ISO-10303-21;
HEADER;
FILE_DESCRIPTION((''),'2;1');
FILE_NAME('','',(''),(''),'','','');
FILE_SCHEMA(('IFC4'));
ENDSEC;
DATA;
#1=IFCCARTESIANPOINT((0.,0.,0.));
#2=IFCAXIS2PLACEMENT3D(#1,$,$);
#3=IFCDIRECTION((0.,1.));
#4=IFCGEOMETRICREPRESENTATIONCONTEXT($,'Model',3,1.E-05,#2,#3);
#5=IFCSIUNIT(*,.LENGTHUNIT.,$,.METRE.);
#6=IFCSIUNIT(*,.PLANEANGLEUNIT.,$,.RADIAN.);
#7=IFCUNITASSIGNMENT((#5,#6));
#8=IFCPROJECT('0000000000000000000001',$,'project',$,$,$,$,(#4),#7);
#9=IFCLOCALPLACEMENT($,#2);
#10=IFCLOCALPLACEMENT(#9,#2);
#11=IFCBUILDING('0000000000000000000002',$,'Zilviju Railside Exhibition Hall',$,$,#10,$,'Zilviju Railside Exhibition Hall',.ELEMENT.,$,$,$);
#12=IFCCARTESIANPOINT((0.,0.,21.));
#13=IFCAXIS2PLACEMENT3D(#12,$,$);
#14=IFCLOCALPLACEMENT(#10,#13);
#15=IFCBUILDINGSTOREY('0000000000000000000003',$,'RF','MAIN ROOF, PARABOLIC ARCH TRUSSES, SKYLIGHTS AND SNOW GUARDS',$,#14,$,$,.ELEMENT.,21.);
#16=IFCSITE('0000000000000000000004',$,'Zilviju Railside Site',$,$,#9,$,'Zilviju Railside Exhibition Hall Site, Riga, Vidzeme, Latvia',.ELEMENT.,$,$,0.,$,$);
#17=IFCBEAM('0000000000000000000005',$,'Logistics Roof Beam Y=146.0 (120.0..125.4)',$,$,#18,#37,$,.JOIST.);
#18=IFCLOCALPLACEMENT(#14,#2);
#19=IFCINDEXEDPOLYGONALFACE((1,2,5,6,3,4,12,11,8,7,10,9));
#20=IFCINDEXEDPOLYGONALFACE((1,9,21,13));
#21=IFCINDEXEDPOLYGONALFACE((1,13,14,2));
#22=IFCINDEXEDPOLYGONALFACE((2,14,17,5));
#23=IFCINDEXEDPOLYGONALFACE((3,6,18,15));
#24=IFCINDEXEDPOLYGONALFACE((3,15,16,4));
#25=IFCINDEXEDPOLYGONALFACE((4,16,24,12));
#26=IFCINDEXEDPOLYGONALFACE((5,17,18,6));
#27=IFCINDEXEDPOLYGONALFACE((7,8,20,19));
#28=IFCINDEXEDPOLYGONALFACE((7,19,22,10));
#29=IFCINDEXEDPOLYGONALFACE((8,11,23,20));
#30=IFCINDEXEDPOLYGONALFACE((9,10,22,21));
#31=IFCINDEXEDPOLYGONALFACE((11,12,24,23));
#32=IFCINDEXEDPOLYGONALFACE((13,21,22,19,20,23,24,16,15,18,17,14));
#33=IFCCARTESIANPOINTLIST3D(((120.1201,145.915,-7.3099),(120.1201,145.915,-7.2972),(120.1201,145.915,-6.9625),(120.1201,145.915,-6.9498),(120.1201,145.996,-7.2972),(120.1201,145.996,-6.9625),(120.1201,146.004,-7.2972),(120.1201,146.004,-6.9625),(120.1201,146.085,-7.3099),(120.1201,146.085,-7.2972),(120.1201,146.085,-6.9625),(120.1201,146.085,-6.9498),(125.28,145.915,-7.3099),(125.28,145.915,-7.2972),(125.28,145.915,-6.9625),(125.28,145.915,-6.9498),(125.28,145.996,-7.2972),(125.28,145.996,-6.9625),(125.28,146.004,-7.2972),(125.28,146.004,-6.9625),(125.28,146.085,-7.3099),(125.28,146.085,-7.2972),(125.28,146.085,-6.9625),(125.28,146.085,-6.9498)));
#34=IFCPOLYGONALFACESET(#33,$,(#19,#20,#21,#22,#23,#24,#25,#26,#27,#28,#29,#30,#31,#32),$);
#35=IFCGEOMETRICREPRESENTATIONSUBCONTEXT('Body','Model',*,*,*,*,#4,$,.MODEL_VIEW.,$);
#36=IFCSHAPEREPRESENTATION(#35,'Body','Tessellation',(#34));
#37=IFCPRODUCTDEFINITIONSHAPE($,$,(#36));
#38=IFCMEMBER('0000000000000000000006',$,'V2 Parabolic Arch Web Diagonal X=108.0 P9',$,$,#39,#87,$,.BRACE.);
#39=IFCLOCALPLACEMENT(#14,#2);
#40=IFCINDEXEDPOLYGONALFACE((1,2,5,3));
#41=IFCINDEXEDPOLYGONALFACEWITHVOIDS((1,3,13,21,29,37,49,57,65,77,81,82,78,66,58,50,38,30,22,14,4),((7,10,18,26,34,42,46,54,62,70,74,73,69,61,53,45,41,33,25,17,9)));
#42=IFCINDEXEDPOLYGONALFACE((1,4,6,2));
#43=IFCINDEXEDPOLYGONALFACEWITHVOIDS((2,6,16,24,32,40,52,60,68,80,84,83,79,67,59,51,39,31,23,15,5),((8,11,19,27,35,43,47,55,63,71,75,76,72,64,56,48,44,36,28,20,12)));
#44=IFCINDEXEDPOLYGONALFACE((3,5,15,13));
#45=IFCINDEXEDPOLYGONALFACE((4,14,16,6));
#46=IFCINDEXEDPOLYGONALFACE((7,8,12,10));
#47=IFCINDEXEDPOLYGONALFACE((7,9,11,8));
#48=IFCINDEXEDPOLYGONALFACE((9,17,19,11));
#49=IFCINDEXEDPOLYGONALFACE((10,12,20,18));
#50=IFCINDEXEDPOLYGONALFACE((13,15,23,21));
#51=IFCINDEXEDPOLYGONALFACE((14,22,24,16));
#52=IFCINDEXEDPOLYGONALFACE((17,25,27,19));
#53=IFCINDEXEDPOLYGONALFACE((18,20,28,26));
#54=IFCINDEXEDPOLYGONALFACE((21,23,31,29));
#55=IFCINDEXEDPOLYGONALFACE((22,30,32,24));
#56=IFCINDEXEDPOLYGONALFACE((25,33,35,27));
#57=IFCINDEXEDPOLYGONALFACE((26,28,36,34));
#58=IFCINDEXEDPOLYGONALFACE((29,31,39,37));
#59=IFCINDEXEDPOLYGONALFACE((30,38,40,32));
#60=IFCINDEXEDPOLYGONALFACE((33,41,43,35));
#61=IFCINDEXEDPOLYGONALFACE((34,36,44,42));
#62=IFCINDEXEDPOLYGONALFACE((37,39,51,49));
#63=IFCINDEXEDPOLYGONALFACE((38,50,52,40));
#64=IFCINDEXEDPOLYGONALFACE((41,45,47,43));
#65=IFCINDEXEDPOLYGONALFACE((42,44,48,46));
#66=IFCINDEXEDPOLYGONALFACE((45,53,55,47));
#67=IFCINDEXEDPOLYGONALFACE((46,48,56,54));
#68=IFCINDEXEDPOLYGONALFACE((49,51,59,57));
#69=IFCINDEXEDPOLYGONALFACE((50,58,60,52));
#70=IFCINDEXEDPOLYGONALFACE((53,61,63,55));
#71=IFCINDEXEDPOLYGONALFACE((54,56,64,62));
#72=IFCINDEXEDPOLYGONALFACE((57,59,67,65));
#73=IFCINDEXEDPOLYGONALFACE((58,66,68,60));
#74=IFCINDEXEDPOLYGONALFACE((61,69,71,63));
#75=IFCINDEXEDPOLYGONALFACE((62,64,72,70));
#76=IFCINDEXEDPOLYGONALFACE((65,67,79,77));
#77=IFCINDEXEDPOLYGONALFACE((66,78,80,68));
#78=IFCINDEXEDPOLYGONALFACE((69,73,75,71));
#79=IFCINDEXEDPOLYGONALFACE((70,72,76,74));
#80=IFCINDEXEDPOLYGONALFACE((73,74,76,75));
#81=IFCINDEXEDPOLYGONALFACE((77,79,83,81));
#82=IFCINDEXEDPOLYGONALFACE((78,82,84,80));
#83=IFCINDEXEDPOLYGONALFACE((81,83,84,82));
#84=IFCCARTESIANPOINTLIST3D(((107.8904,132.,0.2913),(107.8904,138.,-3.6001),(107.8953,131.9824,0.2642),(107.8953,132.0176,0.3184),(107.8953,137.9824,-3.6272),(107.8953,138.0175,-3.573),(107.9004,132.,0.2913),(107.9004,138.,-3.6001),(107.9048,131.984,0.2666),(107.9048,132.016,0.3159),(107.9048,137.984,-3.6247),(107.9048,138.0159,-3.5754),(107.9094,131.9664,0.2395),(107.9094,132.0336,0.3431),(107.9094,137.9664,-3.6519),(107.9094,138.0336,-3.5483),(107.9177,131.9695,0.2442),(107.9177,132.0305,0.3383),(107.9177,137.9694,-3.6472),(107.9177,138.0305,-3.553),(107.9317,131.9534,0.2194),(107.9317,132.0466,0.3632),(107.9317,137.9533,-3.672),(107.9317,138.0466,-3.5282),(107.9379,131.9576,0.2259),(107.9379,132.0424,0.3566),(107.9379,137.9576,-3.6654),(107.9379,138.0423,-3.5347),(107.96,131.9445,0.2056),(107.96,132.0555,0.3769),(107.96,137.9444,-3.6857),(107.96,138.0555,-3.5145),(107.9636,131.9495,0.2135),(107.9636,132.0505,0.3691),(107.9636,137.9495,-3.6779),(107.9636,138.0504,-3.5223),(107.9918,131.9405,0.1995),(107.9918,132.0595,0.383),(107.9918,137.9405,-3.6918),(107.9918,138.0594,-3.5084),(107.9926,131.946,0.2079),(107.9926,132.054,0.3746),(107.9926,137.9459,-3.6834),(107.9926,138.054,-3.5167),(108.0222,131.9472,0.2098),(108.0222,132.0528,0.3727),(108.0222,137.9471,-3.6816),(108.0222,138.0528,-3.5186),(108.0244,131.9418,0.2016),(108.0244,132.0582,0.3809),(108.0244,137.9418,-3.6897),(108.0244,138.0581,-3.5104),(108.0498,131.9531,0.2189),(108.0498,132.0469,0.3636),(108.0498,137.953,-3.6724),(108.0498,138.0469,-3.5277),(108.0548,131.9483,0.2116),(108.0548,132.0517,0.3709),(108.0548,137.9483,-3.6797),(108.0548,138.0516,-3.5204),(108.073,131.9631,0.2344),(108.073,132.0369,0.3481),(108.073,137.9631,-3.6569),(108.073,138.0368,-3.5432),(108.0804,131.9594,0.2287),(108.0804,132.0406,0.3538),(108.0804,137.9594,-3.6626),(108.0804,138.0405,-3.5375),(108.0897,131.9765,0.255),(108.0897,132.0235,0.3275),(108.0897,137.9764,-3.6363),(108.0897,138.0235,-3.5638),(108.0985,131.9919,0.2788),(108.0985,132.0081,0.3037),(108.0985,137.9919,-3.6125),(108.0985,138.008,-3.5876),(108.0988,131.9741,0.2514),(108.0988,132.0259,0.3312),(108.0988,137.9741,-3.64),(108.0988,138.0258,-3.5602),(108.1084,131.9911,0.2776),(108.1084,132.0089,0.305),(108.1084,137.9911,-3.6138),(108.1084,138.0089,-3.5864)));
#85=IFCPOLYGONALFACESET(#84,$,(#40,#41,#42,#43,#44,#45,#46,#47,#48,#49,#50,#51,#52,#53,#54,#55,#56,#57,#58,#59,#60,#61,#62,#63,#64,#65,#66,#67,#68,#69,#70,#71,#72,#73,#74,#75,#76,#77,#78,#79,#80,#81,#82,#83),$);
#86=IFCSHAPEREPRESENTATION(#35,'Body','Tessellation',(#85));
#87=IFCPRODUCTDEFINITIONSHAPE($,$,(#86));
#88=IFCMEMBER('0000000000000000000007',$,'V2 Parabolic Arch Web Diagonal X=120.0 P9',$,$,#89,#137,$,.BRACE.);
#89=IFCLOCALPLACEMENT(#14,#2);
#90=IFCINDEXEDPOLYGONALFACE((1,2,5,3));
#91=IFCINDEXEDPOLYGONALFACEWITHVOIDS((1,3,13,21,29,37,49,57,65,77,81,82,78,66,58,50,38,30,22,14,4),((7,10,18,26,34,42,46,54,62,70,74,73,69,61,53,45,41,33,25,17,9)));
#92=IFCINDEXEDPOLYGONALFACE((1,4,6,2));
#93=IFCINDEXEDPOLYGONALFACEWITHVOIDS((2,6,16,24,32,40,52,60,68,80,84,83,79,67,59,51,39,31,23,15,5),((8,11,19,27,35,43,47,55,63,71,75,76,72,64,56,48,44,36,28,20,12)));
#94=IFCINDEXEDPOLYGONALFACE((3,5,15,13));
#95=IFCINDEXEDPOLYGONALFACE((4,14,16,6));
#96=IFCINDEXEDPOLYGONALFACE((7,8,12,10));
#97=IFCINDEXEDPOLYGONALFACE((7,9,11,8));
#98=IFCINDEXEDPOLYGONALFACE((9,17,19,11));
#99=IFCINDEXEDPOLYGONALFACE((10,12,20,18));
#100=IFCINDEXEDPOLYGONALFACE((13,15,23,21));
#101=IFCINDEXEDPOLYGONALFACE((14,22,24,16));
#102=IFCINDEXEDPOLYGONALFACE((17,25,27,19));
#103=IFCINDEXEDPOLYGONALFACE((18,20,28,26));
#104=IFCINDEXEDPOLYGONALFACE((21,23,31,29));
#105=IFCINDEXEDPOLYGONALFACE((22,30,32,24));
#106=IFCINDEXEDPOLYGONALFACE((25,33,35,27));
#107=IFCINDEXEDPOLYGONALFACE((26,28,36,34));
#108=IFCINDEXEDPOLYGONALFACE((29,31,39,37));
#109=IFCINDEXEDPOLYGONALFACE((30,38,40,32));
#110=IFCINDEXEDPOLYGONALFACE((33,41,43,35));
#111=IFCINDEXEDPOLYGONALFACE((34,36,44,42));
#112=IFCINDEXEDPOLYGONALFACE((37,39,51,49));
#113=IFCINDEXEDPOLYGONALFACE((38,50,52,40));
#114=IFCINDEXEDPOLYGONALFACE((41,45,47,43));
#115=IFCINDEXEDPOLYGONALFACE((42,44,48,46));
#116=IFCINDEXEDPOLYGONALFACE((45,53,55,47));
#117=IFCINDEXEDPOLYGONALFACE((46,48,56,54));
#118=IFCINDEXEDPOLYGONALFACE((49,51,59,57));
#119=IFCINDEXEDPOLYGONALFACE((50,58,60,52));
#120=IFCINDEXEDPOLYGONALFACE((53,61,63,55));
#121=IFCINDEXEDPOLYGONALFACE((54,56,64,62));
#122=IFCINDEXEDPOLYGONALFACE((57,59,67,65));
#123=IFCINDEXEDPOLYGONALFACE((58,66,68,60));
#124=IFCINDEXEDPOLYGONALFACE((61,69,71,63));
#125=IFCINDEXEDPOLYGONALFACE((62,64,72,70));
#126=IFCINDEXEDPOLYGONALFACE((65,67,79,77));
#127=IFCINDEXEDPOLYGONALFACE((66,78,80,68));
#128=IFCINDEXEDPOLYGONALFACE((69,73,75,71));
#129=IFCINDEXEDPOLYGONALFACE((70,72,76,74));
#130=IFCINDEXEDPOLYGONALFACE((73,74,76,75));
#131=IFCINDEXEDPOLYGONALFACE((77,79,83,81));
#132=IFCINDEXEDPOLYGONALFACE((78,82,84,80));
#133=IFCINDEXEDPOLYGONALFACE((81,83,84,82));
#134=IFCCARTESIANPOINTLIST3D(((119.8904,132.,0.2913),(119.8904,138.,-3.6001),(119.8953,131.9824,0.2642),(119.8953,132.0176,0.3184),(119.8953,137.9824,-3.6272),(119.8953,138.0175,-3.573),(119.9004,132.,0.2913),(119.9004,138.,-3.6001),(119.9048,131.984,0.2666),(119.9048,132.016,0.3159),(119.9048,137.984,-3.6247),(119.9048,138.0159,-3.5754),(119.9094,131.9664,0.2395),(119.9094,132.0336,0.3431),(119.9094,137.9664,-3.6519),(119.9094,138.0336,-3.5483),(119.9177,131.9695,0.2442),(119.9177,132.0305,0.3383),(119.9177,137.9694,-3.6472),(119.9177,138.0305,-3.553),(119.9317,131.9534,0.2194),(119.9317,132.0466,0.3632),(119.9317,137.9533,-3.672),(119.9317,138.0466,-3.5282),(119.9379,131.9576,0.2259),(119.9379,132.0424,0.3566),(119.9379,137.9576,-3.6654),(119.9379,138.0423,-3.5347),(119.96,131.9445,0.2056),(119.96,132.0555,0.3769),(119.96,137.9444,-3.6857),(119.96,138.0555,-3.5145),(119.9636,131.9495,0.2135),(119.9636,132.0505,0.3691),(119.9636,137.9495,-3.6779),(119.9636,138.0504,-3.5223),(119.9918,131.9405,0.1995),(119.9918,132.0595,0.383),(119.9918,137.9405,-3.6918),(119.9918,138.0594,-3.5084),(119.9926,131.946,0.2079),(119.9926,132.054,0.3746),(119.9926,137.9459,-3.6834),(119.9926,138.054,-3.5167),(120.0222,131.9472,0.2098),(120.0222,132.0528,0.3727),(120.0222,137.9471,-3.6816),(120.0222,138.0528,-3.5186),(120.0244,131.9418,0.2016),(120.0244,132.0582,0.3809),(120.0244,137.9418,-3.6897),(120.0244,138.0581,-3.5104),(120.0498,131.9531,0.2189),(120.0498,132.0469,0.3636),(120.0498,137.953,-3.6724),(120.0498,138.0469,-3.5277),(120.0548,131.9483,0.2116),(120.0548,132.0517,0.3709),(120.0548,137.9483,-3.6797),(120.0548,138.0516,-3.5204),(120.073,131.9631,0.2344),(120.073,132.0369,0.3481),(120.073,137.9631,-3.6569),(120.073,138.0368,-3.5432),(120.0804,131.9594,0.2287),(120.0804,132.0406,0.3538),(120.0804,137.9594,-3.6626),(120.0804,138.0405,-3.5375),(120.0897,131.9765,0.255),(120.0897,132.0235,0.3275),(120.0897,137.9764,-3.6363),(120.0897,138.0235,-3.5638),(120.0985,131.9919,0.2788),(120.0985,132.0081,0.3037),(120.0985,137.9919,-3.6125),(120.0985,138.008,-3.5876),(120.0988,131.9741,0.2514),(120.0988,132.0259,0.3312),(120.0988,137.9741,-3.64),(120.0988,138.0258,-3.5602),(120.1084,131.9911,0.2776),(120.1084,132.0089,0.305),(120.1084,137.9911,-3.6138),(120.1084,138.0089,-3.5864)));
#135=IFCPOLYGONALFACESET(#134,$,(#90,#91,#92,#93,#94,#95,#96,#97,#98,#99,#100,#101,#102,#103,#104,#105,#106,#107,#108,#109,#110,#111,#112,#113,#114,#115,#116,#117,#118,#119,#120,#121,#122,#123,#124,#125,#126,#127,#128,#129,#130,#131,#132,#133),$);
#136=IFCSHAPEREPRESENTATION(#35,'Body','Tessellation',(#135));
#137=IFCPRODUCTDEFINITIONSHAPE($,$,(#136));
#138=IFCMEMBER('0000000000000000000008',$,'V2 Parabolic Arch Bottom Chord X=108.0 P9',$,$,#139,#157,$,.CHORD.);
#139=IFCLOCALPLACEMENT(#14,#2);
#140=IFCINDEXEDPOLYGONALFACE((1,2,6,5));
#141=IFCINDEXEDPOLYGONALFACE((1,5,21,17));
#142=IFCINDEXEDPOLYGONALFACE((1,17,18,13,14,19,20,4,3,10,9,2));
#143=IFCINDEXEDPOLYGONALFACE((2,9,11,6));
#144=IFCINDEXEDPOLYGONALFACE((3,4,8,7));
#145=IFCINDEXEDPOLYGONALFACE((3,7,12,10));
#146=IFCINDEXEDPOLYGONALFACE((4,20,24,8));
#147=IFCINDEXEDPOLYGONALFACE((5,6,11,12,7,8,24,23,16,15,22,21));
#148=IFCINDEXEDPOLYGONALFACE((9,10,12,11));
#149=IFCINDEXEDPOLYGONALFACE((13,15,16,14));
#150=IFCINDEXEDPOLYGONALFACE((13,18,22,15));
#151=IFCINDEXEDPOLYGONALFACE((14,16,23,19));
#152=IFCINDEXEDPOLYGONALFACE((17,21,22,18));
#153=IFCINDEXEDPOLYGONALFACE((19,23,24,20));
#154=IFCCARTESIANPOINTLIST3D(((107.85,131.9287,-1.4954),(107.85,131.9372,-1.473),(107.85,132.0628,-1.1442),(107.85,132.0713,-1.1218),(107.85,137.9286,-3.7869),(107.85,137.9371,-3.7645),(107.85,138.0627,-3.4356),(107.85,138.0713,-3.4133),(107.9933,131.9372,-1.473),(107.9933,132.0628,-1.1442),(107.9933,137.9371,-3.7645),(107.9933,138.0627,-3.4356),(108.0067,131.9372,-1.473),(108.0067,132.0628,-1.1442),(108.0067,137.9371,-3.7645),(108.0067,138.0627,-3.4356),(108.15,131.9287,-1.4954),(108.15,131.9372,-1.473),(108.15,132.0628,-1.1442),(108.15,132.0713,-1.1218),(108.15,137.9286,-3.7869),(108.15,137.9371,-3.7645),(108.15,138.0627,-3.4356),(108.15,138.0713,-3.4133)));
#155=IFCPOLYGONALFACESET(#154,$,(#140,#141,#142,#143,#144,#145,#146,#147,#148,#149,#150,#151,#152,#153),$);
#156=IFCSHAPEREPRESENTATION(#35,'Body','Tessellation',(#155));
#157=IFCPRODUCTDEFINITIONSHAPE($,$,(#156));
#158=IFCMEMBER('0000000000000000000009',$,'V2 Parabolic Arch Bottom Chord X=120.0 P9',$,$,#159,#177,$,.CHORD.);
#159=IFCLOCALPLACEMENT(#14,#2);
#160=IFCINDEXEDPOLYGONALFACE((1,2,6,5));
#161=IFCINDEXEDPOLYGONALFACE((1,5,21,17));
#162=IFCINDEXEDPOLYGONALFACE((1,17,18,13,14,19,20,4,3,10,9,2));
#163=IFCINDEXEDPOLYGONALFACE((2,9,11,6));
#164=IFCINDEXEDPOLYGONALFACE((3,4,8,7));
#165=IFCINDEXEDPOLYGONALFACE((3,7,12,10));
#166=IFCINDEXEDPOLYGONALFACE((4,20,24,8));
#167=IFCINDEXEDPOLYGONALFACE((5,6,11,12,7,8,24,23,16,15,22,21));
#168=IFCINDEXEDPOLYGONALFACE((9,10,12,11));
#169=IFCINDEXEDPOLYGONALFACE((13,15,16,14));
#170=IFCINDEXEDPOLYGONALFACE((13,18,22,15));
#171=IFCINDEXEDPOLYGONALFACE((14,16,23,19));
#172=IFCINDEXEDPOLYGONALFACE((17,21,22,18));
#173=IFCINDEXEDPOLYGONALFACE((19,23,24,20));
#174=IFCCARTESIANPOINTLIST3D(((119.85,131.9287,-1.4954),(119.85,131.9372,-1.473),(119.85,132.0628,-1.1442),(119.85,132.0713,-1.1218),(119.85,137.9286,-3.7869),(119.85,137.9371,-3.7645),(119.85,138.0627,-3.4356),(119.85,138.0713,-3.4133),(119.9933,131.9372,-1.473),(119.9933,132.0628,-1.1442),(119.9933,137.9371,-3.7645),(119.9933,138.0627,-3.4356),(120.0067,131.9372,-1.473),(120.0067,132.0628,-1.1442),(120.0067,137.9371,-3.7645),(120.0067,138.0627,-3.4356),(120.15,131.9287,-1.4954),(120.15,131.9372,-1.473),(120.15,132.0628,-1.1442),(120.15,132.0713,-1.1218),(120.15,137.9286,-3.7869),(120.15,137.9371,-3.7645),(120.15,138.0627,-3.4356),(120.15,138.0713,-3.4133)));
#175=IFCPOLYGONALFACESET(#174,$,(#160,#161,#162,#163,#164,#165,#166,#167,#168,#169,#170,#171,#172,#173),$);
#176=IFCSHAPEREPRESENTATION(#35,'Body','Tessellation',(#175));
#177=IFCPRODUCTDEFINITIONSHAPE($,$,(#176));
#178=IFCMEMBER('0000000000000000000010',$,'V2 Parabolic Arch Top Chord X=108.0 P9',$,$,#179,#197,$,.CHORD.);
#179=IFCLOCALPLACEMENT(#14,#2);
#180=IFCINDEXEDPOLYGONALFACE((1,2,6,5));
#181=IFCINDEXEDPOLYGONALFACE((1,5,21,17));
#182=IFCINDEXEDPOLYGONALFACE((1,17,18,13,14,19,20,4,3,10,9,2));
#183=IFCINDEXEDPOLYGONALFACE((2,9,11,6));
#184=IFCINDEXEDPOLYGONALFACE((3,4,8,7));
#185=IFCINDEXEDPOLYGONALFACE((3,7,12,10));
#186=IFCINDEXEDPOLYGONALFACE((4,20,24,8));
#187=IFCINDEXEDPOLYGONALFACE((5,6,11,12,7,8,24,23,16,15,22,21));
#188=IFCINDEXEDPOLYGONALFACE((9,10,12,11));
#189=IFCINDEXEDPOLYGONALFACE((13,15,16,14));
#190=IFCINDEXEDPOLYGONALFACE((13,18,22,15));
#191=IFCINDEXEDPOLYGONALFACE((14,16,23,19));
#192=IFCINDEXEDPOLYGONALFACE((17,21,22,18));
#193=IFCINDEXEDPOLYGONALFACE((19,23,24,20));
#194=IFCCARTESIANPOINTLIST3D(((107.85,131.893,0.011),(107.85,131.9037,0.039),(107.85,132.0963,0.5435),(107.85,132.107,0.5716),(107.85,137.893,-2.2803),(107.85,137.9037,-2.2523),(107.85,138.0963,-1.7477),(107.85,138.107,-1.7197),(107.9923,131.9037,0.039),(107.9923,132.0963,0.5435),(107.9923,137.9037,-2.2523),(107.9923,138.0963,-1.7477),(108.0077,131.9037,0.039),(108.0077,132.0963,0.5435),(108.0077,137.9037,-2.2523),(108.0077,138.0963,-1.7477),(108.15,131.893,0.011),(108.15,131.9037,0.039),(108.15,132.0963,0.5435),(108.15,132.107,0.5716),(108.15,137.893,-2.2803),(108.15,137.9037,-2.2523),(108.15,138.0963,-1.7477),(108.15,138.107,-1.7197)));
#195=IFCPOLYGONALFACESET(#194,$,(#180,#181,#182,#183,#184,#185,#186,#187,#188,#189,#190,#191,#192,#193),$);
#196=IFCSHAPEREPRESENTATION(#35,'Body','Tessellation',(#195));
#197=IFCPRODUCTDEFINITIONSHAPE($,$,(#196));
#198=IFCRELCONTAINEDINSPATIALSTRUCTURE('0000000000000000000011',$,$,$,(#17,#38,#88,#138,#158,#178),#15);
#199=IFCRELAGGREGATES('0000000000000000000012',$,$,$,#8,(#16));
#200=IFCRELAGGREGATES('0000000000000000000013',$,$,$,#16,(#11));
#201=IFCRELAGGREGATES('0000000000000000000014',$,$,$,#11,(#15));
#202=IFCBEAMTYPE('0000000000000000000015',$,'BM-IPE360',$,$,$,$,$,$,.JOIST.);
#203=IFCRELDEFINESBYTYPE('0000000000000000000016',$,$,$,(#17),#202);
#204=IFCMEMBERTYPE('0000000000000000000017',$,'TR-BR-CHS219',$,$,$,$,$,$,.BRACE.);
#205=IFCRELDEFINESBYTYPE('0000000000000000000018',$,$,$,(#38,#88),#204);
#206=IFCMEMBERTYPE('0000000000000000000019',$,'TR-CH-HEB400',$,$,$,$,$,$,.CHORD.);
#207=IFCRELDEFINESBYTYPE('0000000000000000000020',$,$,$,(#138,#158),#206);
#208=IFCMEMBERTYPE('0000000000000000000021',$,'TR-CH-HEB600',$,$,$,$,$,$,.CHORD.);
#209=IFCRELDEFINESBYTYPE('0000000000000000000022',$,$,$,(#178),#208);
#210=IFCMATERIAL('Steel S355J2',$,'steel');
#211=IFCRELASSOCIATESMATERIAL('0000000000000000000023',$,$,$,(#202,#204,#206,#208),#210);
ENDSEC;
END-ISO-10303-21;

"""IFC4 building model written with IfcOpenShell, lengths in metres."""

from ifc_helpers import new_model, si_unit, direction, frame, origin, origin_2d, place, context, subcontext, project, spatial, hollow_circle, i_section, extrude, material, material_profile, profile_set, type_object, element, save


model = new_model("IFC4")

# Units and contexts
model_context = context("Model", 3, precision=1e-05, world=origin(), true_north=direction((0.0, 1.0)))
body_context = subcontext(model_context, "Body", "Model", "MODEL_VIEW")
ifc_project = project(units=[si_unit("LENGTHUNIT", "METRE"), si_unit("PLANEANGLEUNIT", "RADIAN")], contexts=[model_context])

# Site, building, storey
site_placement = place(None, origin())
site = spatial("IfcSite", under=ifc_project, at=site_placement, Name="Zilviju Railside Site", LongName="Zilviju Railside Exhibition Hall Site, Riga, Vidzeme, Latvia", CompositionType="ELEMENT", RefElevation=0.0)
building_placement = place(site_placement, origin())
building = spatial("IfcBuilding", under=site, at=building_placement, Name="Zilviju Railside Exhibition Hall", LongName="Zilviju Railside Exhibition Hall", CompositionType="ELEMENT")
storey_placement = place(building_placement, frame((0.0, 0.0, 21.0)))
storey = spatial("IfcBuildingStorey", under=building, at=storey_placement, Name="RF", Description="MAIN ROOF, PARABOLIC ARCH TRUSSES, SKYLIGHTS AND SNOW GUARDS", CompositionType="ELEMENT", Elevation=21.0)

# Beam
ifc_material_1 = material(Name="Steel S355J2", Category="steel")
ifc_material_profile_1 = material_profile(ifc_material_1, i_section(OverallWidth=0.1699, OverallDepth=0.3601, WebThickness=0.0081, FlangeThickness=0.0127, at=origin_2d()), Name="IPE 360")
ifc_profile_set_1 = profile_set([ifc_material_profile_1], Name="Steel S355J2")
beam_type_1 = type_object("IfcBeamType", Name="BM-IPE360", PredefinedType="JOIST", material=ifc_profile_set_1)
for number, where, z_axis, x_axis, name in (
    (1, (120.1201, 146.0, -7.1299), (1.0, 0.0, 0.0), (0.0, 1.0, 0.0), "Logistics Roof Beam Y=146.0 (120.0..125.4)"),
):
    element("IfcBeam", number, at=place(storey_placement, frame(where, z_axis=z_axis, x_axis=x_axis)), inside=storey, type_object=beam_type_1, Name=name, PredefinedType="JOIST", context=body_context, shape_type="SweptSolid", body=[
        extrude(i_section(OverallWidth=0.1699, OverallDepth=0.3601, WebThickness=0.0081, FlangeThickness=0.0127, at=origin_2d()), origin(), (0.0, 0.0, 1.0), 5.1599),
    ])

# Members
ifc_material_profile_2 = material_profile(ifc_material_1, hollow_circle(Radius=0.1096, WallThickness=0.01, at=origin_2d()), Name="CHS 219.1x10.0")
ifc_profile_set_2 = profile_set([ifc_material_profile_2], Name="Steel S355J2")
member_type_1 = type_object("IfcMemberType", Name="TR-BR-CHS219", PredefinedType="BRACE", material=ifc_profile_set_2)
for number, where, z_axis, x_axis, name in (
    (2, (108.0, 132.0, 0.2913), (0.0, 0.838995, -0.544139), (-1.0, 0.0, 0.0), "V2 Parabolic Arch Web Diagonal X=108.0 P9"),
    (3, (120.0, 132.0, 0.2913), (0.0, 0.838995, -0.544139), (-1.0, 0.0, 0.0), "V2 Parabolic Arch Web Diagonal X=120.0 P9"),
):
    element("IfcMember", number, at=place(storey_placement, frame(where, z_axis=z_axis, x_axis=x_axis)), inside=storey, type_object=member_type_1, Name=name, PredefinedType="BRACE", context=body_context, shape_type="SweptSolid", body=[
        extrude(hollow_circle(Radius=0.1096, WallThickness=0.01, at=origin_2d()), origin(), (0.0, 0.0, 1.0), 7.1514),
    ])
ifc_material_profile_3 = material_profile(ifc_material_1, i_section(OverallWidth=0.3, OverallDepth=0.3999, WebThickness=0.0134, FlangeThickness=0.0239, at=origin_2d()), Name="HEB 400")
ifc_profile_set_3 = profile_set([ifc_material_profile_3], Name="Steel S355J2")
member_type_2 = type_object("IfcMemberType", Name="TR-CH-HEB400", PredefinedType="CHORD", material=ifc_profile_set_3)
for number, where, z_axis, x_axis, name in (
    (4, (108.0, 132.0, -1.3086), (0.0, 0.934188, -0.356782), (-1.0, 0.0, 0.0), "V2 Parabolic Arch Bottom Chord X=108.0 P9"),
    (5, (120.0, 132.0, -1.3086), (0.0, 0.934188, -0.356782), (-1.0, 0.0, 0.0), "V2 Parabolic Arch Bottom Chord X=120.0 P9"),
):
    element("IfcMember", number, at=place(storey_placement, frame(where, z_axis=z_axis, x_axis=x_axis)), inside=storey, type_object=member_type_2, Name=name, PredefinedType="CHORD", context=body_context, shape_type="SweptSolid", body=[
        extrude(i_section(OverallWidth=0.3, OverallDepth=0.3999, WebThickness=0.0134, FlangeThickness=0.0239, at=origin_2d()), origin(), (0.0, 0.0, 1.0), 6.4226),
    ])
ifc_material_profile_4 = material_profile(ifc_material_1, i_section(OverallWidth=0.3, OverallDepth=0.6001, WebThickness=0.0154, FlangeThickness=0.03, at=origin_2d()), Name="HEB 600")
ifc_profile_set_4 = profile_set([ifc_material_profile_4], Name="Steel S355J2")
member_type_3 = type_object("IfcMemberType", Name="TR-CH-HEB600", PredefinedType="CHORD", material=ifc_profile_set_4)
for number, where, z_axis, x_axis, name in (
    (6, (108.0, 132.0, 0.2913), (0.0, 0.9342, -0.356749), (-1.0, 0.0, 0.0), "V2 Parabolic Arch Top Chord X=108.0 P9"),
):
    element("IfcMember", number, at=place(storey_placement, frame(where, z_axis=z_axis, x_axis=x_axis)), inside=storey, type_object=member_type_3, Name=name, PredefinedType="CHORD", context=body_context, shape_type="SweptSolid", body=[
        extrude(i_section(OverallWidth=0.3, OverallDepth=0.6001, WebThickness=0.0154, FlangeThickness=0.03, at=origin_2d()), origin(), (0.0, 0.0, 1.0), 6.4226),
    ])

save(model, "model.ifc")
